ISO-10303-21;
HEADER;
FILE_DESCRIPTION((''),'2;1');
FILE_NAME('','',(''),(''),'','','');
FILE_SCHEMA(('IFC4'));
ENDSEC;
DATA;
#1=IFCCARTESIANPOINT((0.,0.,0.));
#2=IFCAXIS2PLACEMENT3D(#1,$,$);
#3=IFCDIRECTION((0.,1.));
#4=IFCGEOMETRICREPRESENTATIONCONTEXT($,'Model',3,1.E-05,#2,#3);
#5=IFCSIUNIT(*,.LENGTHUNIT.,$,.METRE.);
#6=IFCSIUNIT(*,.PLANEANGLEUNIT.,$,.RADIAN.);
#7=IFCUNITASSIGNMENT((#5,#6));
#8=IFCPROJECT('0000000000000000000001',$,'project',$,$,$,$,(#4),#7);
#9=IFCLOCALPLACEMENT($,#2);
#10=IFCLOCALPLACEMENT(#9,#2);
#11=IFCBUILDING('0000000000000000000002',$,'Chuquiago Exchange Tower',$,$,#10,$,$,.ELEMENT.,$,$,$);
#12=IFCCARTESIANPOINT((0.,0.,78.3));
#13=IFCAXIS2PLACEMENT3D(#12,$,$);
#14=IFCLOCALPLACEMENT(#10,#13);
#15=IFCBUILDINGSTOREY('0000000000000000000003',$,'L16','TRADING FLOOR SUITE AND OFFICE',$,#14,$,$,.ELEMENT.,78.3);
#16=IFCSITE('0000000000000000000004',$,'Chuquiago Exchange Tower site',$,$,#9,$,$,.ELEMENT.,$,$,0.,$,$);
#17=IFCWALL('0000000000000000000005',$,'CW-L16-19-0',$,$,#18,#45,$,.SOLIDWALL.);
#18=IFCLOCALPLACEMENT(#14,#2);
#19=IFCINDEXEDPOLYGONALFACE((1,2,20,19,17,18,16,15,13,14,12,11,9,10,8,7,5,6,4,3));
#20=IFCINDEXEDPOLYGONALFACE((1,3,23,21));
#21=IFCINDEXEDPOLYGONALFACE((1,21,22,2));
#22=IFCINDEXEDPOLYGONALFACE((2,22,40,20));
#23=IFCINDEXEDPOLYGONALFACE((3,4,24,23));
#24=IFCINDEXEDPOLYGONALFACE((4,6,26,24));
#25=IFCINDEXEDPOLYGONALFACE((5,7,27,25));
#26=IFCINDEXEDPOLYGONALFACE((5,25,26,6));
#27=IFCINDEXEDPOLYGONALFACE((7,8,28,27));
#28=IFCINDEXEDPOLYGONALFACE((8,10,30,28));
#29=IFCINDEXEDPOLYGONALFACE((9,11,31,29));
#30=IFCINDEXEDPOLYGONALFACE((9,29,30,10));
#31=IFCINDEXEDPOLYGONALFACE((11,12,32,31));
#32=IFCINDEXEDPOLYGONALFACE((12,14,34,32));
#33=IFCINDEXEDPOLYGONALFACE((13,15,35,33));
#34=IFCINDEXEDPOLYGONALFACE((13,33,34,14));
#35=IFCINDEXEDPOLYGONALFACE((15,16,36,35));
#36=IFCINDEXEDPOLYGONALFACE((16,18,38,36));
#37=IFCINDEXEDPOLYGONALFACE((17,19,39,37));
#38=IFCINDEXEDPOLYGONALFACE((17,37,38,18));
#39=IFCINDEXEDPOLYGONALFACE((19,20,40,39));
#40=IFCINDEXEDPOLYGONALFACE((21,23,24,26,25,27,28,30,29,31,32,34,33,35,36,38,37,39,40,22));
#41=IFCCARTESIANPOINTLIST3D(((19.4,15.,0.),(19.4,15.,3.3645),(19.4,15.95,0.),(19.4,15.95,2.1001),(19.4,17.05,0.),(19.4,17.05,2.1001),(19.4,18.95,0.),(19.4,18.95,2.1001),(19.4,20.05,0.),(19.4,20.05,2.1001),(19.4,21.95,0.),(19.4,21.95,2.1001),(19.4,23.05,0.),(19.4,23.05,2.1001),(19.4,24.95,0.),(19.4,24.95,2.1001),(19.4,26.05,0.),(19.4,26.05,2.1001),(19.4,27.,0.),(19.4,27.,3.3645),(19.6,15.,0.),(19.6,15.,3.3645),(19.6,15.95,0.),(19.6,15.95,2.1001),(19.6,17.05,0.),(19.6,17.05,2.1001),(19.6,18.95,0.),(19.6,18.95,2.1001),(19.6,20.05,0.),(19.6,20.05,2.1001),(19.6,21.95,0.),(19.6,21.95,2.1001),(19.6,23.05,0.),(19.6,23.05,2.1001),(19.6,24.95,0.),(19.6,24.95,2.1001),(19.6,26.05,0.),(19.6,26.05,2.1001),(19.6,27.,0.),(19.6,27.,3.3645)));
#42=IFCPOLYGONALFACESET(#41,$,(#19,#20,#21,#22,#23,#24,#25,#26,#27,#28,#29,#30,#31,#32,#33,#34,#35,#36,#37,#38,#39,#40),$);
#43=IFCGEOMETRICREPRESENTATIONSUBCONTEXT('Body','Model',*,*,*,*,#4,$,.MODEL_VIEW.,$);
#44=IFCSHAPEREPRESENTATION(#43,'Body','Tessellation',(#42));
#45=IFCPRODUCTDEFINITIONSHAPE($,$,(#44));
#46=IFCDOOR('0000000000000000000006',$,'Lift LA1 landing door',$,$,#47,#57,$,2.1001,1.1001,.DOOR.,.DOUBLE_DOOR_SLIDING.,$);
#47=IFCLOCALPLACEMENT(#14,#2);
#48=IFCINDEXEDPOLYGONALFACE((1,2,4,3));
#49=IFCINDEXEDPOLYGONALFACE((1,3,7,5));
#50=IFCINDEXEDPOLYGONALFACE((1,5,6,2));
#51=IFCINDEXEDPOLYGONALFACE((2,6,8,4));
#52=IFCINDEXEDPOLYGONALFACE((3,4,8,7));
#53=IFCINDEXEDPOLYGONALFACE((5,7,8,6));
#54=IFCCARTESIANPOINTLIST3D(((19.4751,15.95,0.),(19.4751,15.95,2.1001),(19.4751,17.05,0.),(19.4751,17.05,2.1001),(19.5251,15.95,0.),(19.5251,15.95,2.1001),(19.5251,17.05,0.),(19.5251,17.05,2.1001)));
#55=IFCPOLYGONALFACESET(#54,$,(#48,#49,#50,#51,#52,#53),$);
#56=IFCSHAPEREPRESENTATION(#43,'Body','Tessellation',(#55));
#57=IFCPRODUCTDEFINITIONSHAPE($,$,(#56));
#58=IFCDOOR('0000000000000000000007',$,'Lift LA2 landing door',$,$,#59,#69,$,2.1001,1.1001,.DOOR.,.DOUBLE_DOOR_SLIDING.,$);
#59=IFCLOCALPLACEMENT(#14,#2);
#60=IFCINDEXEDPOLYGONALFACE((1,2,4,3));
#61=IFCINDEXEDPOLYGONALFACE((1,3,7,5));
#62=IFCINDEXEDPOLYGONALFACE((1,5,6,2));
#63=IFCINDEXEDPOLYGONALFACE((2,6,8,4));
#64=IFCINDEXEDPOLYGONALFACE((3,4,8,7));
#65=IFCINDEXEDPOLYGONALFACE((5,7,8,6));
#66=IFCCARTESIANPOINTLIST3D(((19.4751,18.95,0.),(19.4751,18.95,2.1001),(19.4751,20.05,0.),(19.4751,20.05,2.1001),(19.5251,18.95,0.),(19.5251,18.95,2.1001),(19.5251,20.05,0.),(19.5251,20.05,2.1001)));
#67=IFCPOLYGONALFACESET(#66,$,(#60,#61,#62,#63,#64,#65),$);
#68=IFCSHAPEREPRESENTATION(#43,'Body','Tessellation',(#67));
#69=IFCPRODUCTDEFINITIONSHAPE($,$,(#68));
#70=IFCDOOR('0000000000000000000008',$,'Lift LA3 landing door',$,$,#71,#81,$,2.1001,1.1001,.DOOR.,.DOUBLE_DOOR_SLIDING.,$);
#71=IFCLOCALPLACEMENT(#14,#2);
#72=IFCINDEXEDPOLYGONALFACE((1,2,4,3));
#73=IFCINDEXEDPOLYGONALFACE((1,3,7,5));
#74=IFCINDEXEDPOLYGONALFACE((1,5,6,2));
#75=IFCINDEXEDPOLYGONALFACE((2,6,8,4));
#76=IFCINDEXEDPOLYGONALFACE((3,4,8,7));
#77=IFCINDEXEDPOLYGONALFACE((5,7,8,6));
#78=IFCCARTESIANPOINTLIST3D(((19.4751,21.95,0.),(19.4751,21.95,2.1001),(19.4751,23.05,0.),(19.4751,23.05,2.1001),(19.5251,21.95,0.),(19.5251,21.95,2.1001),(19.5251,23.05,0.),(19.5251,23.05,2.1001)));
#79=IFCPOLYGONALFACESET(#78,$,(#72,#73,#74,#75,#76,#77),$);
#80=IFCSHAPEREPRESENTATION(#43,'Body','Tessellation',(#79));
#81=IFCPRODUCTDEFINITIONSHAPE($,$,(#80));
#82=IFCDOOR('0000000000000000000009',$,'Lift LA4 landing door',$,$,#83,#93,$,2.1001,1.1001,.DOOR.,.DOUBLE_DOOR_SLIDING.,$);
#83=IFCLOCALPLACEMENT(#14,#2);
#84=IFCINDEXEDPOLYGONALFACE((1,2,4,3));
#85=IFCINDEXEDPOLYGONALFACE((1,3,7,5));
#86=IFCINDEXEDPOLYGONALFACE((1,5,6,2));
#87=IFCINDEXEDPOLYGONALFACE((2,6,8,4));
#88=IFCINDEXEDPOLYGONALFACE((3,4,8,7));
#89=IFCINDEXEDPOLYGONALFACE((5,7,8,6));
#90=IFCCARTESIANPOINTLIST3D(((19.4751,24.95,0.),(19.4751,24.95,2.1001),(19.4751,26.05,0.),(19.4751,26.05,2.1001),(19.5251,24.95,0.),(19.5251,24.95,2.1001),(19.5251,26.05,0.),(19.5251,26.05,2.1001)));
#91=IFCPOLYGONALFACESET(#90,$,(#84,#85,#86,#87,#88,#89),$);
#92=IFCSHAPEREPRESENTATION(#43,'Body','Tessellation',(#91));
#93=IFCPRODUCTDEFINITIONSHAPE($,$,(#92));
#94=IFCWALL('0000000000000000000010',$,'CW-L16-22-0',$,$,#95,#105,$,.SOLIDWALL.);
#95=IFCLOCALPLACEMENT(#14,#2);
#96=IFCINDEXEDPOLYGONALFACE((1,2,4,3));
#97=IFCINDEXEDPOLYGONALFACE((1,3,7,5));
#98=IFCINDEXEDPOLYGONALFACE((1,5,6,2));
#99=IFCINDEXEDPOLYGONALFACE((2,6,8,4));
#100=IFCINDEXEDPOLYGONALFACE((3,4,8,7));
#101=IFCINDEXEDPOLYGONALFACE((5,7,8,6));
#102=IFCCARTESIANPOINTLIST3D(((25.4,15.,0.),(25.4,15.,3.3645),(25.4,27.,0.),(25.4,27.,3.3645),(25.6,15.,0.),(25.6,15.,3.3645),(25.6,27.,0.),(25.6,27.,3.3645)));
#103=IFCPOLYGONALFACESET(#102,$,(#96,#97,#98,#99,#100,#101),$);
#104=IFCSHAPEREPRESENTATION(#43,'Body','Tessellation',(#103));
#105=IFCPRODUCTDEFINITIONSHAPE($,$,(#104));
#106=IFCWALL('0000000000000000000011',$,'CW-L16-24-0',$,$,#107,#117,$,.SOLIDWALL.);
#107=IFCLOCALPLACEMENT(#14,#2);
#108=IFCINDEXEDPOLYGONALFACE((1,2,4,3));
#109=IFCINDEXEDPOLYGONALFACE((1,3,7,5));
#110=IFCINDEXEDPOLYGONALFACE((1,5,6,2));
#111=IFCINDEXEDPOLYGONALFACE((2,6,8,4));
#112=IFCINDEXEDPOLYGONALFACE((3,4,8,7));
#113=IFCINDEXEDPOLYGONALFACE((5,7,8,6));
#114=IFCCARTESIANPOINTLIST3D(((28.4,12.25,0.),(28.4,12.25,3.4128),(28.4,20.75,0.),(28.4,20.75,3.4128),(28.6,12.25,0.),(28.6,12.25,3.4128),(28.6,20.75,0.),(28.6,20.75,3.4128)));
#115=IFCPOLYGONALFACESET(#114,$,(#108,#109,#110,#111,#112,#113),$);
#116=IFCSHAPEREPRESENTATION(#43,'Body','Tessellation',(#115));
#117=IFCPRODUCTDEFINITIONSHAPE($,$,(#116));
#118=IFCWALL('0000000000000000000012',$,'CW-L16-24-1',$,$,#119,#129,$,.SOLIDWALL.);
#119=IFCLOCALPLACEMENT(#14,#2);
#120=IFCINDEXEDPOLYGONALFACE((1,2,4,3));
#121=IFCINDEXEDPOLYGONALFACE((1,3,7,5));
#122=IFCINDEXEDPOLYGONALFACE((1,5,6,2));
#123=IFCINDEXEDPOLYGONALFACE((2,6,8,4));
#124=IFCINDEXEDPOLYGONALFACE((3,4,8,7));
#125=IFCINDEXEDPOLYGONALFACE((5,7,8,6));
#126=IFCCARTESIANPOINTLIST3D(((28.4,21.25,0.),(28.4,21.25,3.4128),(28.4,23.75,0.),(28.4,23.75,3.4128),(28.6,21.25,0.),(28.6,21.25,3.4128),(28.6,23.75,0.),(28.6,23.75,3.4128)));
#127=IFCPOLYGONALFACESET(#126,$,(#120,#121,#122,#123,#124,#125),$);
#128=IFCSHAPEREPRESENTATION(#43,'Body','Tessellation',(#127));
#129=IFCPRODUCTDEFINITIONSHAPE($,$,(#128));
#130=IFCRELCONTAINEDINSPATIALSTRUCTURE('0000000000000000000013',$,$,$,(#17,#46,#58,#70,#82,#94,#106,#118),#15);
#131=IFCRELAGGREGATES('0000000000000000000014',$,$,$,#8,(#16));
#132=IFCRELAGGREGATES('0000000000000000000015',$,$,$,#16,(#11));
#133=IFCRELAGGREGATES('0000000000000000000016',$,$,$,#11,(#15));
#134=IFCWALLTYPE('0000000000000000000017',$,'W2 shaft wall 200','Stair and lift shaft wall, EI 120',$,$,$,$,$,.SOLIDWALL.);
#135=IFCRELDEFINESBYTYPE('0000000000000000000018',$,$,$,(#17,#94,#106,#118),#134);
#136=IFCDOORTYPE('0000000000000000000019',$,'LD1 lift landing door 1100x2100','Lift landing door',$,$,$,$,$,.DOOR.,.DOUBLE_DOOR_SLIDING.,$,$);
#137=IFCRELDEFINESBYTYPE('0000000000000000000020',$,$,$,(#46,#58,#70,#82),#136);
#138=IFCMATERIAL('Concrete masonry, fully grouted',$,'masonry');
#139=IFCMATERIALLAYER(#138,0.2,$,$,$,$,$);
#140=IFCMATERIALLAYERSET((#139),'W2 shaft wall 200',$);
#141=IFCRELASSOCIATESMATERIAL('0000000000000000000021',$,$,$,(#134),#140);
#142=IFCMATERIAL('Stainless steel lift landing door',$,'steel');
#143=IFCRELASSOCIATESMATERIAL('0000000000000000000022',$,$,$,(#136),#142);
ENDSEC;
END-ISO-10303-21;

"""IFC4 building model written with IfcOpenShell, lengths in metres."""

from ifc_helpers import new_model, si_unit, direction, frame, frame_2d, origin, place, context, subcontext, project, spatial, rectangle, extrude, material, layer, layer_set, type_object, element, fill, save


model = new_model("IFC4")

# Units and contexts
model_context = context("Model", 3, precision=1e-05, world=origin(), true_north=direction((0.0, 1.0)))
body_context = subcontext(model_context, "Body", "Model", "MODEL_VIEW")
ifc_project = project(units=[si_unit("LENGTHUNIT", "METRE"), si_unit("PLANEANGLEUNIT", "RADIAN")], contexts=[model_context])

# Site, building, storey
site_placement = place(None, origin())
site = spatial("IfcSite", under=ifc_project, at=site_placement, Name="Chuquiago Exchange Tower site", CompositionType="ELEMENT", RefElevation=0.0)
building_placement = place(site_placement, origin())
building = spatial("IfcBuilding", under=site, at=building_placement, Name="Chuquiago Exchange Tower", CompositionType="ELEMENT")
storey_placement = place(building_placement, frame((0.0, 0.0, 78.3)))
storey = spatial("IfcBuildingStorey", under=building, at=storey_placement, Name="L16", Description="TRADING FLOOR SUITE AND OFFICE", CompositionType="ELEMENT", Elevation=78.3)

# Shared definitions
ifc_material_1 = material(Name="Concrete masonry, fully grouted", Category="masonry")
ifc_layer_1 = layer(ifc_material_1, 0.2)
ifc_layer_set_1 = layer_set([ifc_layer_1], Name="W2 shaft wall 200")
wall_type_1 = type_object("IfcWallType", Name="W2 shaft wall 200", Description="Stair and lift shaft wall, EI 120", PredefinedType="SOLIDWALL", material=ifc_layer_set_1)

# Wall, openings, doors
wall_1_placement = place(storey_placement, frame((19.5, 15.0, 0.0), z_axis=(0.0, 0.0, 1.0), x_axis=(0.0, 1.0, 0.0)))
wall_1 = element("IfcWall", 1, at=wall_1_placement, inside=storey, type_object=wall_type_1, Name="CW-L16-19-0", PredefinedType="SOLIDWALL", context=body_context, shape_type="SweptSolid", body=[
    extrude(rectangle(XDim=12.0, YDim=0.2, at=frame_2d((6.0, 0.0))), origin(), (0.0, 0.0, 1.0), 3.3645),
])
opening_1_placement = place(wall_1_placement, frame((0.95, 0.0, 0.0)))
opening_1 = element("IfcOpeningElement", 2, at=opening_1_placement, cuts=wall_1, PredefinedType="OPENING", context=body_context, shape_type="SweptSolid", body=[
    extrude(rectangle(XDim=1.1001, YDim=2.1001, at=frame_2d((0.55, 1.05))), frame((0.0, 0.1099, 0.0), z_axis=(0.0, -1.0, 0.0), x_axis=(1.0, 0.0, 0.0)), (0.0, 0.0, 1.0), 0.22),
])
opening_2_placement = place(wall_1_placement, frame((3.95, 0.0, 0.0)))
opening_2 = element("IfcOpeningElement", 3, at=opening_2_placement, cuts=wall_1, PredefinedType="OPENING", context=body_context, shape_type="SweptSolid", body=[
    extrude(rectangle(XDim=1.1001, YDim=2.1001, at=frame_2d((0.55, 1.05))), frame((0.0, 0.1099, 0.0), z_axis=(0.0, -1.0, 0.0), x_axis=(1.0, 0.0, 0.0)), (0.0, 0.0, 1.0), 0.22),
])
opening_3_placement = place(wall_1_placement, frame((6.95, 0.0, 0.0)))
opening_3 = element("IfcOpeningElement", 4, at=opening_3_placement, cuts=wall_1, PredefinedType="OPENING", context=body_context, shape_type="SweptSolid", body=[
    extrude(rectangle(XDim=1.1001, YDim=2.1001, at=frame_2d((0.55, 1.05))), frame((0.0, 0.1099, 0.0), z_axis=(0.0, -1.0, 0.0), x_axis=(1.0, 0.0, 0.0)), (0.0, 0.0, 1.0), 0.22),
])
opening_4_placement = place(wall_1_placement, frame((9.95, 0.0, 0.0)))
opening_4 = element("IfcOpeningElement", 5, at=opening_4_placement, cuts=wall_1, PredefinedType="OPENING", context=body_context, shape_type="SweptSolid", body=[
    extrude(rectangle(XDim=1.1001, YDim=2.1001, at=frame_2d((0.55, 1.05))), frame((0.0, 0.1099, 0.0), z_axis=(0.0, -1.0, 0.0), x_axis=(1.0, 0.0, 0.0)), (0.0, 0.0, 1.0), 0.22),
])
ifc_material_2 = material(Name="Stainless steel lift landing door", Category="steel")
door_type_1 = type_object("IfcDoorType", Name="LD1 lift landing door 1100x2100", Description="Lift landing door", OperationType="DOUBLE_DOOR_SLIDING", PredefinedType="DOOR", material=ifc_material_2)
door_1_placement = place(opening_1_placement, origin())
door_1 = element("IfcDoor", 6, at=door_1_placement, inside=storey, type_object=door_type_1, Name="Lift LA1 landing door", OperationType="DOUBLE_DOOR_SLIDING", OverallHeight=2.1001, OverallWidth=1.1001, PredefinedType="DOOR", context=body_context, shape_type="SweptSolid", body=[
    extrude(rectangle(XDim=1.1001, YDim=2.1001, at=frame_2d((0.55, 1.05))), frame((0.0, 0.0249, 0.0), z_axis=(0.0, -1.0, 0.0), x_axis=(1.0, 0.0, 0.0)), (0.0, 0.0, 1.0), 0.05),
])
fill(opening_1, door_1)
door_2_placement = place(opening_2_placement, origin())
door_2 = element("IfcDoor", 7, at=door_2_placement, inside=storey, type_object=door_type_1, Name="Lift LA2 landing door", OperationType="DOUBLE_DOOR_SLIDING", OverallHeight=2.1001, OverallWidth=1.1001, PredefinedType="DOOR", context=body_context, shape_type="SweptSolid", body=[
    extrude(rectangle(XDim=1.1001, YDim=2.1001, at=frame_2d((0.55, 1.05))), frame((0.0, 0.0249, 0.0), z_axis=(0.0, -1.0, 0.0), x_axis=(1.0, 0.0, 0.0)), (0.0, 0.0, 1.0), 0.05),
])
fill(opening_2, door_2)
door_3_placement = place(opening_3_placement, origin())
door_3 = element("IfcDoor", 8, at=door_3_placement, inside=storey, type_object=door_type_1, Name="Lift LA3 landing door", OperationType="DOUBLE_DOOR_SLIDING", OverallHeight=2.1001, OverallWidth=1.1001, PredefinedType="DOOR", context=body_context, shape_type="SweptSolid", body=[
    extrude(rectangle(XDim=1.1001, YDim=2.1001, at=frame_2d((0.55, 1.05))), frame((0.0, 0.0249, 0.0), z_axis=(0.0, -1.0, 0.0), x_axis=(1.0, 0.0, 0.0)), (0.0, 0.0, 1.0), 0.05),
])
fill(opening_3, door_3)
door_4_placement = place(opening_4_placement, origin())
door_4 = element("IfcDoor", 9, at=door_4_placement, inside=storey, type_object=door_type_1, Name="Lift LA4 landing door", OperationType="DOUBLE_DOOR_SLIDING", OverallHeight=2.1001, OverallWidth=1.1001, PredefinedType="DOOR", context=body_context, shape_type="SweptSolid", body=[
    extrude(rectangle(XDim=1.1001, YDim=2.1001, at=frame_2d((0.55, 1.05))), frame((0.0, 0.0249, 0.0), z_axis=(0.0, -1.0, 0.0), x_axis=(1.0, 0.0, 0.0)), (0.0, 0.0, 1.0), 0.05),
])
fill(opening_4, door_4)

# Walls
wall_2_placement = place(storey_placement, frame((25.5, 15.0, 0.0), z_axis=(0.0, 0.0, 1.0), x_axis=(0.0, 1.0, 0.0)))
element("IfcWall", 10, at=wall_2_placement, inside=storey, type_object=wall_type_1, Name="CW-L16-22-0", PredefinedType="SOLIDWALL", context=body_context, shape_type="SweptSolid", body=[
    extrude(rectangle(XDim=12.0, YDim=0.2, at=frame_2d((6.0, 0.0))), origin(), (0.0, 0.0, 1.0), 3.3645),
])
wall_3_placement = place(storey_placement, frame((28.5, 12.25, 0.0), z_axis=(0.0, 0.0, 1.0), x_axis=(0.0, 1.0, 0.0)))
element("IfcWall", 11, at=wall_3_placement, inside=storey, type_object=wall_type_1, Name="CW-L16-24-0", PredefinedType="SOLIDWALL", context=body_context, shape_type="SweptSolid", body=[
    extrude(rectangle(XDim=8.5, YDim=0.2, at=frame_2d((4.25, 0.0))), origin(), (0.0, 0.0, 1.0), 3.4128),
])
wall_4_placement = place(storey_placement, frame((28.5, 21.25, 0.0), z_axis=(0.0, 0.0, 1.0), x_axis=(0.0, 1.0, 0.0)))
element("IfcWall", 12, at=wall_4_placement, inside=storey, type_object=wall_type_1, Name="CW-L16-24-1", PredefinedType="SOLIDWALL", context=body_context, shape_type="SweptSolid", body=[
    extrude(rectangle(XDim=2.5, YDim=0.2, at=frame_2d((1.25, 0.0))), origin(), (0.0, 0.0, 1.0), 3.4128),
])

save(model, "model.ifc")
